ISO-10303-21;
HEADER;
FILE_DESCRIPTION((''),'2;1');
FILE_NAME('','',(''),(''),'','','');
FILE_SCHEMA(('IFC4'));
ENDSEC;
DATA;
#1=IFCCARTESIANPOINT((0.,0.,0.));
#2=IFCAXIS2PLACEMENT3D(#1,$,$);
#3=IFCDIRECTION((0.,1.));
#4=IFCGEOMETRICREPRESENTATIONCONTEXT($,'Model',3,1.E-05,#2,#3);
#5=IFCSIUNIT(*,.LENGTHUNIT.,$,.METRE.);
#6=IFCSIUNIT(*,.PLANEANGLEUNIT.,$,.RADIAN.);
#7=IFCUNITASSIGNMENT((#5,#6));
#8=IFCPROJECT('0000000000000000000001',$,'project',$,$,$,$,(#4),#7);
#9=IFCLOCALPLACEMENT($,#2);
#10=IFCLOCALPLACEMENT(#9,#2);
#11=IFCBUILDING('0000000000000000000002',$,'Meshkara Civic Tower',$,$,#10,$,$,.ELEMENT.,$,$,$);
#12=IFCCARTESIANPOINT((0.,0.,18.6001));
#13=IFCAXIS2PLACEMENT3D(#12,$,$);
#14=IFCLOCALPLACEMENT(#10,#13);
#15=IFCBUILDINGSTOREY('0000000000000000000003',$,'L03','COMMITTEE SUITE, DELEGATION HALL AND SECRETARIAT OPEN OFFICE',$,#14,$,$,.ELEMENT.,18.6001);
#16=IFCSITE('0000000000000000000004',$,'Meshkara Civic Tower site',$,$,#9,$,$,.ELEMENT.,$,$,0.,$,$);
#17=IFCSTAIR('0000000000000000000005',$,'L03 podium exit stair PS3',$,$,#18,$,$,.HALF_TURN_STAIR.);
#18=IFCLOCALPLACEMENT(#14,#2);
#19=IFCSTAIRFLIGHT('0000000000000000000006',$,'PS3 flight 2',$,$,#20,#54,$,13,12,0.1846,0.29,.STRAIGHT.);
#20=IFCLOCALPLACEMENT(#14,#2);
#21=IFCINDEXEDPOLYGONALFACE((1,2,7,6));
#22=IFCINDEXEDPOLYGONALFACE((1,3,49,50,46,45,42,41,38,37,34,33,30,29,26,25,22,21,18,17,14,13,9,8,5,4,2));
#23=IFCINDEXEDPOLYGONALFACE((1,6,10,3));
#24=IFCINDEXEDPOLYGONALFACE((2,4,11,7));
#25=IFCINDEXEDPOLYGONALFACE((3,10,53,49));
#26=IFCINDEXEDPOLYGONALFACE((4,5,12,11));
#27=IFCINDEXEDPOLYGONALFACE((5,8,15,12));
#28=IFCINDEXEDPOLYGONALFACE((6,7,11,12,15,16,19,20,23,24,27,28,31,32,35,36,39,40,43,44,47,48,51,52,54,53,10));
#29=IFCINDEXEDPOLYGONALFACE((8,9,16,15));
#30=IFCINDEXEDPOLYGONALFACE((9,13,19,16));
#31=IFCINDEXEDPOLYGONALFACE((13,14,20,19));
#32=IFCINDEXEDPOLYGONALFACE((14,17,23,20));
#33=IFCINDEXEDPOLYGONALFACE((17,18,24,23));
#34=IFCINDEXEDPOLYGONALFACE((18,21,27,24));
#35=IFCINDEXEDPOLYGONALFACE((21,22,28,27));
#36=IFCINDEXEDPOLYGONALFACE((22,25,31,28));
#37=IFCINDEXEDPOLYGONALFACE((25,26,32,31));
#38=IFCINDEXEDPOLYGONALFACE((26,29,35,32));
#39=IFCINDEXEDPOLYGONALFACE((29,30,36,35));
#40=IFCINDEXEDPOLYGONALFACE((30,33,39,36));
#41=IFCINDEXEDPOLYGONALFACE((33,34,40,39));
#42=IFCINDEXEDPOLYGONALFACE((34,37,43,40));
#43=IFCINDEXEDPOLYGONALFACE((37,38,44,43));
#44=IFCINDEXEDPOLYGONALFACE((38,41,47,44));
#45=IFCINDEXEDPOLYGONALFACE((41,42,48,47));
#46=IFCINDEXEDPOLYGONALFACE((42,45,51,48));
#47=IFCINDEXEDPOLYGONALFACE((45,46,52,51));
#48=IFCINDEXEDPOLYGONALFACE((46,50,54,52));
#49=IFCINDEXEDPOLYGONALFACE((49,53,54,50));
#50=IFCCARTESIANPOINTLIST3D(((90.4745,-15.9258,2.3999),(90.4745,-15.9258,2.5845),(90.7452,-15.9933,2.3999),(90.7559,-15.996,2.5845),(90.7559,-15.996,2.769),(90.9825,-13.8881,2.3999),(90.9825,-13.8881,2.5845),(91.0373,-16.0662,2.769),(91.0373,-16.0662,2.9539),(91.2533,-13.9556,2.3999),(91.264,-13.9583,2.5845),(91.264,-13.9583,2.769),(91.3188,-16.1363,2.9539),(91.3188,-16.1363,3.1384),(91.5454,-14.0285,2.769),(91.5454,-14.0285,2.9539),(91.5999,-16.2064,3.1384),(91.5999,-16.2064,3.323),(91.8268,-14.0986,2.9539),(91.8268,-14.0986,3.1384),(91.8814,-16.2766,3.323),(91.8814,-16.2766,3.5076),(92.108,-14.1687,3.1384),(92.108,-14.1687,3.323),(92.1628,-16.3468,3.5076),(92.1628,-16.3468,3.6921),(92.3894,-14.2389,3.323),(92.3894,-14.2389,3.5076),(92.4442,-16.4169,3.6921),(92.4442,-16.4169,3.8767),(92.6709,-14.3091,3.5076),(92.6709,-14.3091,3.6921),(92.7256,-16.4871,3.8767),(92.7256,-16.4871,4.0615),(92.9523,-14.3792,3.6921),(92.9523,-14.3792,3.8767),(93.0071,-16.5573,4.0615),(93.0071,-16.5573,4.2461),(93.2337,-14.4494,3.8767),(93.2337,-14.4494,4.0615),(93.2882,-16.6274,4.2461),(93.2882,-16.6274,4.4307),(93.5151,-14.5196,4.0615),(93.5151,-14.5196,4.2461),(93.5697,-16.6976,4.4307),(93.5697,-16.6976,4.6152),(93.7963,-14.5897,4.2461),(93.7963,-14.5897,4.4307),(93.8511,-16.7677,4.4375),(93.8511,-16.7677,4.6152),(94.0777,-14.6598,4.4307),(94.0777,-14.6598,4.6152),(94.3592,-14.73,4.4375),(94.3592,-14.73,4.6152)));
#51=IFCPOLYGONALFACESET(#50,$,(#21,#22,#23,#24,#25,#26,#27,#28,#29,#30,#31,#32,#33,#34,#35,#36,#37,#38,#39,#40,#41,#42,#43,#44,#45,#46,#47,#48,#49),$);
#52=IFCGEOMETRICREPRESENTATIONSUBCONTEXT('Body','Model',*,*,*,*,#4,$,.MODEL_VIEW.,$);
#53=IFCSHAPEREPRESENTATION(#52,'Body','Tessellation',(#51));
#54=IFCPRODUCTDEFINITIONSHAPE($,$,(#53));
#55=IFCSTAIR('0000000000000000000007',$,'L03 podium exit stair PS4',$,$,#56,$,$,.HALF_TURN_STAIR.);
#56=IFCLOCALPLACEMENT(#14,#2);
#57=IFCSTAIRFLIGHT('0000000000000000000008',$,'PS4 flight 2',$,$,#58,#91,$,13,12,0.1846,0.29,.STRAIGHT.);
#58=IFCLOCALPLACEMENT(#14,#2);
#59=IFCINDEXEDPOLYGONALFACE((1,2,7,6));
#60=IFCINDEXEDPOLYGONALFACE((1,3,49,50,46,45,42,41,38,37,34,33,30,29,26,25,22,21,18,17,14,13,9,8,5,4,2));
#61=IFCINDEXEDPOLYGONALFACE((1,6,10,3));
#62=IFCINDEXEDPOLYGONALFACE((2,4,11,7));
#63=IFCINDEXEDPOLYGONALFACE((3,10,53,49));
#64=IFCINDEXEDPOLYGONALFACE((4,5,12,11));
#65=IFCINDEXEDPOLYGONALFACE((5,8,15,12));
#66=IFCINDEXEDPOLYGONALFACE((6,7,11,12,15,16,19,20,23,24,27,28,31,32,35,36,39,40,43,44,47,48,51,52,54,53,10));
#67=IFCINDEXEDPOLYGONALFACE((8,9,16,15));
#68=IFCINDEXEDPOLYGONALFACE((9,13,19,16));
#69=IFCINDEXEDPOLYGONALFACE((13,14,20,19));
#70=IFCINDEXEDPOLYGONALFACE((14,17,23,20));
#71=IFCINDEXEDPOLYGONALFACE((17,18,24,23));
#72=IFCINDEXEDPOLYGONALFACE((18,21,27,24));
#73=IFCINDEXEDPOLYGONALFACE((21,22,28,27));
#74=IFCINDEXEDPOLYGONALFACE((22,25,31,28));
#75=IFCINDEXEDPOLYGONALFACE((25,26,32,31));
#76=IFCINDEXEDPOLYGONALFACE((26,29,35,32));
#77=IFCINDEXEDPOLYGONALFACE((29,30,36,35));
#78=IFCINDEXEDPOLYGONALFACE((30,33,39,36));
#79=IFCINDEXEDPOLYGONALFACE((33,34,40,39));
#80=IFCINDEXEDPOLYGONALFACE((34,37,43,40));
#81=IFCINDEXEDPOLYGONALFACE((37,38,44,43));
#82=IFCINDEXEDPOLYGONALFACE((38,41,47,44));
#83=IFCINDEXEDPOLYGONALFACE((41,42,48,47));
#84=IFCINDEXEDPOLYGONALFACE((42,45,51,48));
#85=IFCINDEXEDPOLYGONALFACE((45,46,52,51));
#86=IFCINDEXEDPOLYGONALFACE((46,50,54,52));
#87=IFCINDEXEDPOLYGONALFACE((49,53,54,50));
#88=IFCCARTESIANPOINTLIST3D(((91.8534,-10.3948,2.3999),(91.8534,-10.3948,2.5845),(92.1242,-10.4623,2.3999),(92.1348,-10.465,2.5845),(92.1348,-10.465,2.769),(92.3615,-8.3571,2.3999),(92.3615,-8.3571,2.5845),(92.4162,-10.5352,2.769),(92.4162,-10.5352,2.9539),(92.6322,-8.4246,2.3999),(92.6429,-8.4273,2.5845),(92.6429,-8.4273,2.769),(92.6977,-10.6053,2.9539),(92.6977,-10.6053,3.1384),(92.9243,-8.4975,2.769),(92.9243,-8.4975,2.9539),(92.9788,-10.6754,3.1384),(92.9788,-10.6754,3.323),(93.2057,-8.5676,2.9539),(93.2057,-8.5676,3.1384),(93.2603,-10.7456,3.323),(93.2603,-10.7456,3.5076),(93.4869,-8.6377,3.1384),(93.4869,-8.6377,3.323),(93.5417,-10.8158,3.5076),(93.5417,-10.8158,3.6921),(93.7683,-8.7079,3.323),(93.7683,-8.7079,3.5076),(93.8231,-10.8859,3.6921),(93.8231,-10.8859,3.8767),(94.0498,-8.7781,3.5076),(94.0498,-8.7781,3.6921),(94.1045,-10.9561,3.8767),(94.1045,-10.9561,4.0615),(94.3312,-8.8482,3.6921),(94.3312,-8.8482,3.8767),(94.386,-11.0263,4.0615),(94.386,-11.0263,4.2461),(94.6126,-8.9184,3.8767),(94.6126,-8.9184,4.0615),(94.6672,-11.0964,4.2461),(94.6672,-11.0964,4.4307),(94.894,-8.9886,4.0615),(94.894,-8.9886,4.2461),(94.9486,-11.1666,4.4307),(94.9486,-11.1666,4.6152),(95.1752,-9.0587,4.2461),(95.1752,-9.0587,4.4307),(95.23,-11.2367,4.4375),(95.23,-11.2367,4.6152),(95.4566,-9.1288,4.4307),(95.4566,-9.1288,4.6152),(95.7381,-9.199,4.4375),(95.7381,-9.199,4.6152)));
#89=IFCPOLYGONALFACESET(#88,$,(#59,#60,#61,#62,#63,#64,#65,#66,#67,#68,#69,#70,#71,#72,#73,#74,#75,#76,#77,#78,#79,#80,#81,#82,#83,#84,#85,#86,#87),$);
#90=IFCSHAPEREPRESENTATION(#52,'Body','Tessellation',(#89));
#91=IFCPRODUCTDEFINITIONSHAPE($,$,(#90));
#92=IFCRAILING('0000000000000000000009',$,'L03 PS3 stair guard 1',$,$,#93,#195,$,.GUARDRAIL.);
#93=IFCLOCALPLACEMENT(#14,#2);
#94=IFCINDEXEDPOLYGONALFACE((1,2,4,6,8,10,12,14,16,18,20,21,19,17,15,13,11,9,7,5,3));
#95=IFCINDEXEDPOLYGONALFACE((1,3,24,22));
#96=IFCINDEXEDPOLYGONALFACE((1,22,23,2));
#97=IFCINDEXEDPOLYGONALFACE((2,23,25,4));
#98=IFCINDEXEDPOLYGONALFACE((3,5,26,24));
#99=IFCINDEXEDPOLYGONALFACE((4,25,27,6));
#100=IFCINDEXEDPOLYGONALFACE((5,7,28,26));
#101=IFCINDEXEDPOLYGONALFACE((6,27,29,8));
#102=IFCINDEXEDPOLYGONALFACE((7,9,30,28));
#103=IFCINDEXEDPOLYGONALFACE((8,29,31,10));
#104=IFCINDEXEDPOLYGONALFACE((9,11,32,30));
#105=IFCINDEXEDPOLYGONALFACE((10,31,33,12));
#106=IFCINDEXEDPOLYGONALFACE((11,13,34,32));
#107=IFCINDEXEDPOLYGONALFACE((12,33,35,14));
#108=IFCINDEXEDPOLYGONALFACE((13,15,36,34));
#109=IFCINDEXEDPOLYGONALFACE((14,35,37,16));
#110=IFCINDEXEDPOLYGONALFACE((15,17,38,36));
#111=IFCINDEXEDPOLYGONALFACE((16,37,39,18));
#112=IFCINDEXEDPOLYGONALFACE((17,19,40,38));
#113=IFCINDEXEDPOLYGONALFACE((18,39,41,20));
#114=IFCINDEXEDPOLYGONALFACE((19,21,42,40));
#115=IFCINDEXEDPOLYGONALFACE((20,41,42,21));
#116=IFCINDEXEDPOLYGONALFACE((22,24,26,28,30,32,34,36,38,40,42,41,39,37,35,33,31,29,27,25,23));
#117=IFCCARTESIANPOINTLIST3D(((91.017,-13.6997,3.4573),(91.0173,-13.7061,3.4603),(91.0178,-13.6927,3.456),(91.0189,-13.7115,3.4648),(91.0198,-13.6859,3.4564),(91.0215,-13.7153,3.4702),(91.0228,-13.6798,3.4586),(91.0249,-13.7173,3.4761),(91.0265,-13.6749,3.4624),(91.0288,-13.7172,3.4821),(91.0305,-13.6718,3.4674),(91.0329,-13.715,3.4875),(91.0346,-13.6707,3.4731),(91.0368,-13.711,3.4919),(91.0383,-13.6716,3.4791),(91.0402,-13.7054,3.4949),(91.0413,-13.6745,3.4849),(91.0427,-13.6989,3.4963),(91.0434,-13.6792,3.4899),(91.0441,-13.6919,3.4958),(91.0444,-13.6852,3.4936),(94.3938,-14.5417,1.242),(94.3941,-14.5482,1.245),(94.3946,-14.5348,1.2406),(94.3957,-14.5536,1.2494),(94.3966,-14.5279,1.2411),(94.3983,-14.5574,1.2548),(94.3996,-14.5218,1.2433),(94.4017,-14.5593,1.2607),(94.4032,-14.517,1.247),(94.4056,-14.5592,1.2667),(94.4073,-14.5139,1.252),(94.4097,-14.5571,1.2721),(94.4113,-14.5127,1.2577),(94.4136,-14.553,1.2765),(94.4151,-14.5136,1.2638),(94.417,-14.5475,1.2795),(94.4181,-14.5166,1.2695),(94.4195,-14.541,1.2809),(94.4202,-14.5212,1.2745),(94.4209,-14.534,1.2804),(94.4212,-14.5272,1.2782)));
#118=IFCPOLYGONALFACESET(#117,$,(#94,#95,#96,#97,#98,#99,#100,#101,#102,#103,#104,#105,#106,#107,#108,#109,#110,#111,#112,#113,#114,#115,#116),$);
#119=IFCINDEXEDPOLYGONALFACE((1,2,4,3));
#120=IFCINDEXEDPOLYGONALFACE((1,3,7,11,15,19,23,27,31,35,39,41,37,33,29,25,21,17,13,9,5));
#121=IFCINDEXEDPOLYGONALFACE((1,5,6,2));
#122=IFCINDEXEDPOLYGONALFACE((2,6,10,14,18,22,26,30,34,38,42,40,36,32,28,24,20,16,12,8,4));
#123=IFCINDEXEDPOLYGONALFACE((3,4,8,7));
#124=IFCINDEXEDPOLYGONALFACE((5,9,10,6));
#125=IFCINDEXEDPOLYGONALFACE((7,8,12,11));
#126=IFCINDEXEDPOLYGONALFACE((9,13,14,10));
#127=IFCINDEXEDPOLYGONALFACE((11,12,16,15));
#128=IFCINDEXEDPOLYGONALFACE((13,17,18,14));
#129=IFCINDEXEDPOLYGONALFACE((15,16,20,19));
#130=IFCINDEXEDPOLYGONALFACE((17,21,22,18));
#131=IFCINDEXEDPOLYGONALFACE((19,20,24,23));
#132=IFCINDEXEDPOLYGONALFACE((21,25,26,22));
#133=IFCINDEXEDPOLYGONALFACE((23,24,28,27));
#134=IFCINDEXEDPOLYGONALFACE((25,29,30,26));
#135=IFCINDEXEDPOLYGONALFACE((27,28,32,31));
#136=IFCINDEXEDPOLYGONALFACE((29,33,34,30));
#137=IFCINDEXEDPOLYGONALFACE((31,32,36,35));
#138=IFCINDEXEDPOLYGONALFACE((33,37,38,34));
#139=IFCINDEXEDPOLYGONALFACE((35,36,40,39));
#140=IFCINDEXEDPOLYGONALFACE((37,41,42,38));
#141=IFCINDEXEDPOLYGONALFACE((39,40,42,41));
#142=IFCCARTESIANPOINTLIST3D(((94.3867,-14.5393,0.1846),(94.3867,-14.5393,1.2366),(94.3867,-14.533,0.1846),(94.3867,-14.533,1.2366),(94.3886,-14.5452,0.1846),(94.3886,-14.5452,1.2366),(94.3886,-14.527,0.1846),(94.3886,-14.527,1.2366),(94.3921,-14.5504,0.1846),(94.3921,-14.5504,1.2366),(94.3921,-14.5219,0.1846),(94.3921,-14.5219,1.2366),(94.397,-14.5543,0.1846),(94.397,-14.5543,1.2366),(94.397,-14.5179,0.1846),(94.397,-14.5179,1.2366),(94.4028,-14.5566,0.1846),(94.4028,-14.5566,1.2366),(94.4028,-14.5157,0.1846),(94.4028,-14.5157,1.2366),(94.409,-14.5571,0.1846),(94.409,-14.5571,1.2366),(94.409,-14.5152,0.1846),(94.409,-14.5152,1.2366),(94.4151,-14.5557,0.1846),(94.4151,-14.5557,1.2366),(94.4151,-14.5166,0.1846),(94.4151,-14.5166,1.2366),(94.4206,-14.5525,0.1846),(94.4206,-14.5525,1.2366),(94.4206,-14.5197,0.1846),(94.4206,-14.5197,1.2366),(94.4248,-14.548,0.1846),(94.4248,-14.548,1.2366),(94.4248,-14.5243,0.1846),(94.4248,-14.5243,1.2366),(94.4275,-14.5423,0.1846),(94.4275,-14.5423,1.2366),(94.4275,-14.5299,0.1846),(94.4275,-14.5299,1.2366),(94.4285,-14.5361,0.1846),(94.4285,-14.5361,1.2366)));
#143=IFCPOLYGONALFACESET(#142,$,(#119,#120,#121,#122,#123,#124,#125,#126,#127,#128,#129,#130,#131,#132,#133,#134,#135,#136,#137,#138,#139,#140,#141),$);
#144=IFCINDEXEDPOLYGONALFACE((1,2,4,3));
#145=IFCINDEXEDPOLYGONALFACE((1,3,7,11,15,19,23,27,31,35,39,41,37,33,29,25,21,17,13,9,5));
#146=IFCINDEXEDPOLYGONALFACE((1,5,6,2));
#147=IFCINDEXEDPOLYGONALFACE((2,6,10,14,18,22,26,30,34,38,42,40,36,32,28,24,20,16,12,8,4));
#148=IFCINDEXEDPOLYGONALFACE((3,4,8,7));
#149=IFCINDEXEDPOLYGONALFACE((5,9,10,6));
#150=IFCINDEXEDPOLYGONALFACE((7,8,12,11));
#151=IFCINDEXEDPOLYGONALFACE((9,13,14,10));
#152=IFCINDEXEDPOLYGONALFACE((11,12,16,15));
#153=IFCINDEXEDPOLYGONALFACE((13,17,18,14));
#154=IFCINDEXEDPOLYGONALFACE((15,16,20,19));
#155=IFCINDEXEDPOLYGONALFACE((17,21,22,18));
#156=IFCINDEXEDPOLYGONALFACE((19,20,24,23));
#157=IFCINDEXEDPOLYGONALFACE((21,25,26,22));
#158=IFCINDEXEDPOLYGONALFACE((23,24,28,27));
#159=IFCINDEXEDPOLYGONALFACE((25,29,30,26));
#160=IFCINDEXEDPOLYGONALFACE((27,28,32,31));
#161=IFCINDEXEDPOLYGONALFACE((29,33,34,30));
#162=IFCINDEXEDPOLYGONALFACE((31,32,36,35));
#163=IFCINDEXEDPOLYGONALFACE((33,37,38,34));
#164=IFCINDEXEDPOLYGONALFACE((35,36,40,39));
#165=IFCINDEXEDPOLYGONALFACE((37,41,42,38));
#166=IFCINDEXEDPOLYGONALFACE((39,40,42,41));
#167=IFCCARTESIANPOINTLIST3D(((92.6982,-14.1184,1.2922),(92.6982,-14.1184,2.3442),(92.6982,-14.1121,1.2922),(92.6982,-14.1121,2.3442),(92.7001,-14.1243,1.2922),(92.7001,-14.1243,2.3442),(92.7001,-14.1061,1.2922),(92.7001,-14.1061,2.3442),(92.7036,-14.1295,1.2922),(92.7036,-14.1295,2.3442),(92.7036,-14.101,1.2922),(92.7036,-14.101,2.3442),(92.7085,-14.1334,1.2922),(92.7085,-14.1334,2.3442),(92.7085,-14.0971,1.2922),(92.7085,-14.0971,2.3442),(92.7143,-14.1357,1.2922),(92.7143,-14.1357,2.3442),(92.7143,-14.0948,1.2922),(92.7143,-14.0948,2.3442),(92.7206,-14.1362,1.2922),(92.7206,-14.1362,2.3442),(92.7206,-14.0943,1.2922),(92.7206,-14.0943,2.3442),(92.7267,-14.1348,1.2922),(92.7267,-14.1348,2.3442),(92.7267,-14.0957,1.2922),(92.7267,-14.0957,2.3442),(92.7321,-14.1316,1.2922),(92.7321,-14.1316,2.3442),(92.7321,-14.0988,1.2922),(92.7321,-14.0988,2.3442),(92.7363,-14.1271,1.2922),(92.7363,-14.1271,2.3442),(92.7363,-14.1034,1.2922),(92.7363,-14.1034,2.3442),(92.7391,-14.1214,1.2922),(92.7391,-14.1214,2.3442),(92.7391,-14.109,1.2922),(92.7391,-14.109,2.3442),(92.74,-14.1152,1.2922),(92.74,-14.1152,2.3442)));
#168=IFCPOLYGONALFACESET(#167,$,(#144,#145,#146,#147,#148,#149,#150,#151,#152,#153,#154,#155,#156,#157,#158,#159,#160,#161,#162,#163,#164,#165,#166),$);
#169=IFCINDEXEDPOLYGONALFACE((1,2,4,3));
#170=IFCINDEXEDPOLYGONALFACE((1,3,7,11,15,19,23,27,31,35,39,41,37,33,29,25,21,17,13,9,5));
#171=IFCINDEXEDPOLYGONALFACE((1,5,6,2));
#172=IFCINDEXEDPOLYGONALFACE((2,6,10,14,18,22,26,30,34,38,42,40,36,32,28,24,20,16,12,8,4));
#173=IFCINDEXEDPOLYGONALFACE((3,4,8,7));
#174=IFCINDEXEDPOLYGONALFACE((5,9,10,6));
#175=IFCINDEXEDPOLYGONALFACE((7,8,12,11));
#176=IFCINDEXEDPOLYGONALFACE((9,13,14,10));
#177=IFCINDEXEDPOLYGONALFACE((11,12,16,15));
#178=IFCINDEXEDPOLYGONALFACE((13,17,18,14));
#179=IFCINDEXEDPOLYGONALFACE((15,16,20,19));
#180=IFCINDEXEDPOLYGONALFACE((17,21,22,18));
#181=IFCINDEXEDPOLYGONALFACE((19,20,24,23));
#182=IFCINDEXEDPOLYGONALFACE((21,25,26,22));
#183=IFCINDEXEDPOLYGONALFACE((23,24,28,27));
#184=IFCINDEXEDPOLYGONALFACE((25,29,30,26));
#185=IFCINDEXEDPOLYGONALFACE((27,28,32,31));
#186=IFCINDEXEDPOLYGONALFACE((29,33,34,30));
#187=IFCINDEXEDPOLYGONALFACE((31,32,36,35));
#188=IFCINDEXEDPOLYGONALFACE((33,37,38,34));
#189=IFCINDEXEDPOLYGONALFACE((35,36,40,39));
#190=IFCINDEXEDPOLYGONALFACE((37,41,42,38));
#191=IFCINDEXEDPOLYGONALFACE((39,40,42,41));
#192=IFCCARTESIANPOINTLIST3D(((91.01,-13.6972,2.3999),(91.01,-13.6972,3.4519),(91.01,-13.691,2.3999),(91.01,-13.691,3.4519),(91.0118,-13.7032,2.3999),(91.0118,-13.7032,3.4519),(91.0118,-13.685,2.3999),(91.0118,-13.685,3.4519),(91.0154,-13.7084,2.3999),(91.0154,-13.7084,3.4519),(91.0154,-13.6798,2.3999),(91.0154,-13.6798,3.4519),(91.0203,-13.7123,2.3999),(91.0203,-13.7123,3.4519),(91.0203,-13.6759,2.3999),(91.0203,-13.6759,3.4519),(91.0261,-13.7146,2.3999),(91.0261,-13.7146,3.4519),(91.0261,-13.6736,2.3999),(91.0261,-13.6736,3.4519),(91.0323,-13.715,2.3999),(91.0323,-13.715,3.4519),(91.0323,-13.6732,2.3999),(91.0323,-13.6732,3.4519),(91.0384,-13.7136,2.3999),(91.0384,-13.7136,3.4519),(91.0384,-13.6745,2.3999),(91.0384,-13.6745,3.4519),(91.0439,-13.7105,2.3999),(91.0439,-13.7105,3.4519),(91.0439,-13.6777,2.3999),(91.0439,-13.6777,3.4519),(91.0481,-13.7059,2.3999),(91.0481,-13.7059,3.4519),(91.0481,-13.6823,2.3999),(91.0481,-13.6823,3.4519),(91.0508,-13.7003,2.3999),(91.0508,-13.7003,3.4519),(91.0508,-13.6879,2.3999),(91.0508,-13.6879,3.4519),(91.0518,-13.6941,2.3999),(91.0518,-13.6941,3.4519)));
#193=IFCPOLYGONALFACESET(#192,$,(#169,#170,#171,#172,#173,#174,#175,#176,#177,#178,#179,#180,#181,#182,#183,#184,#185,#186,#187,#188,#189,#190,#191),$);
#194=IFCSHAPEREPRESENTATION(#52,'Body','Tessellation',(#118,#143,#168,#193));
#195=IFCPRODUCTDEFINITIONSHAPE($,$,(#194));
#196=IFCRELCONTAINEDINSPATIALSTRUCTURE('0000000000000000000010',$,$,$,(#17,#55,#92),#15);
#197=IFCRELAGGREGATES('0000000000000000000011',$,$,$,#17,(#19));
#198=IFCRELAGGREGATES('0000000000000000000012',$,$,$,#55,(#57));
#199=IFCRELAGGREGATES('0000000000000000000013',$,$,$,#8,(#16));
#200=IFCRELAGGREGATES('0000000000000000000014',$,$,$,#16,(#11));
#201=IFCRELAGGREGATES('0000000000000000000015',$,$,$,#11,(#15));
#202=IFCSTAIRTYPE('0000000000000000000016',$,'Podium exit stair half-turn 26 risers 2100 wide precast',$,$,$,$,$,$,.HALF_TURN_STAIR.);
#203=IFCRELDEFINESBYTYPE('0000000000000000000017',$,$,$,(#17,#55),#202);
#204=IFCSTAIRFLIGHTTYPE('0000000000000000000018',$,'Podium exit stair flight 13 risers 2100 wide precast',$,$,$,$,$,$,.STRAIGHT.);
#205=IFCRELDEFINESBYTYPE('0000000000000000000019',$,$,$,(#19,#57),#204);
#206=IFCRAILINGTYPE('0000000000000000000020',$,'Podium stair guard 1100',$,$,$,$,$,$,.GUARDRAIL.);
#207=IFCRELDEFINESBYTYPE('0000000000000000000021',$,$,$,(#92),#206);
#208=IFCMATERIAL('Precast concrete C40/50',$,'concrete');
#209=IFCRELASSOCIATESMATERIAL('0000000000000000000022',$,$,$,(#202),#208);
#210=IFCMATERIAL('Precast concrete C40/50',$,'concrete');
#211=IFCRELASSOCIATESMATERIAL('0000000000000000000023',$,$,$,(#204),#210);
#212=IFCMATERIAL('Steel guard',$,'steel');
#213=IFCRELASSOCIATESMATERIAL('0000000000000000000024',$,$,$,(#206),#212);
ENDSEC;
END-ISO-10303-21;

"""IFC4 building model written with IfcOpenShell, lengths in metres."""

from ifc_helpers import new_model, si_unit, direction, frame, origin, origin_2d, place, context, subcontext, project, spatial, polyline, circle, outline, extrude, material, type_object, element, aggregate, save


model = new_model("IFC4")

# Units and contexts
model_context = context("Model", 3, precision=1e-05, world=origin(), true_north=direction((0.0, 1.0)))
body_context = subcontext(model_context, "Body", "Model", "MODEL_VIEW")
ifc_project = project(units=[si_unit("LENGTHUNIT", "METRE"), si_unit("PLANEANGLEUNIT", "RADIAN")], contexts=[model_context])

# Site, building, storey
site_placement = place(None, origin())
site = spatial("IfcSite", under=ifc_project, at=site_placement, Name="Meshkara Civic Tower site", CompositionType="ELEMENT", RefElevation=0.0)
building_placement = place(site_placement, origin())
building = spatial("IfcBuilding", under=site, at=building_placement, Name="Meshkara Civic Tower", CompositionType="ELEMENT")
storey_placement = place(building_placement, frame((0.0, 0.0, 18.6001)))
storey = spatial("IfcBuildingStorey", under=building, at=storey_placement, Name="L03", Description="COMMITTEE SUITE, DELEGATION HALL AND SECRETARIAT OPEN OFFICE", CompositionType="ELEMENT", Elevation=18.6001)

# Stair, stair flight
ifc_material_1 = material(Name="Precast concrete C40/50", Category="concrete")
stair_type = type_object("IfcStairType", Name="Podium exit stair half-turn 26 risers 2100 wide precast", PredefinedType="HALF_TURN_STAIR", material=ifc_material_1)
stair_1_placement = place(storey_placement, origin())
stair_1 = element("IfcStair", 1, at=stair_1_placement, inside=storey, type_object=stair_type, Name="L03 podium exit stair PS3", PredefinedType="HALF_TURN_STAIR")
ifc_material_2 = material(Name="Precast concrete C40/50", Category="concrete")
stair_flight_type = type_object("IfcStairFlightType", Name="Podium exit stair flight 13 risers 2100 wide precast", PredefinedType="STRAIGHT", material=ifc_material_2)
stair_flight_1_placement = place(storey_placement, frame((90.7285, -14.907, 2.3999), z_axis=(0.0, 0.0, 1.0), x_axis=(0.970296, -0.241922, 0.0)))
stair_flight_1 = element("IfcStairFlight", 2, at=stair_flight_1_placement, type_object=stair_flight_type, Name="PS3 flight 2", NumberOfRisers=13, NumberOfTreads=12, PredefinedType="STRAIGHT", RiserHeight=0.1846, TreadLength=0.29, context=body_context, shape_type="SweptSolid", body=[
    extrude(outline(polyline([(0.0, 0.0), (0.0, 0.1846), (0.29, 0.1846), (0.29, 0.3691), (0.5801, 0.3691), (0.5801, 0.554), (0.8701, 0.554), (0.8701, 0.7385), (1.1599, 0.7385), (1.1599, 0.9231), (1.45, 0.9231), (1.45, 1.1077), (1.74, 1.1077), (1.74, 1.2922), (2.03, 1.2922), (2.03, 1.4768), (2.3201, 1.4768), (2.3201, 1.6616), (2.6101, 1.6616), (2.6101, 1.8462), (2.8999, 1.8462), (2.8999, 2.0308), (3.1899, 2.0308), (3.1899, 2.2153), (3.48, 2.2153), (3.48, 2.3999), (3.48, 2.0376), (0.2791, 0.0), (0.0, 0.0)])), frame((0.0, 1.05, 0.0), z_axis=(0.0, -1.0, 0.0), x_axis=(1.0, 0.0, 0.0)), (0.0, 0.0, 1.0), 2.1001),
])
aggregate(stair_1, [stair_flight_1])

# Stair, stair flight
stair_2_placement = place(storey_placement, origin())
stair_2 = element("IfcStair", 3, at=stair_2_placement, inside=storey, type_object=stair_type, Name="L03 podium exit stair PS4", PredefinedType="HALF_TURN_STAIR")
stair_flight_2_placement = place(storey_placement, frame((92.1074, -9.376, 2.3999), z_axis=(0.0, 0.0, 1.0), x_axis=(0.970296, -0.241922, 0.0)))
stair_flight_2 = element("IfcStairFlight", 4, at=stair_flight_2_placement, type_object=stair_flight_type, Name="PS4 flight 2", NumberOfRisers=13, NumberOfTreads=12, PredefinedType="STRAIGHT", RiserHeight=0.1846, TreadLength=0.29, context=body_context, shape_type="SweptSolid", body=[
    extrude(outline(polyline([(0.0, 0.0), (0.0, 0.1846), (0.29, 0.1846), (0.29, 0.3691), (0.5801, 0.3691), (0.5801, 0.554), (0.8701, 0.554), (0.8701, 0.7385), (1.1599, 0.7385), (1.1599, 0.9231), (1.45, 0.9231), (1.45, 1.1077), (1.74, 1.1077), (1.74, 1.2922), (2.03, 1.2922), (2.03, 1.4768), (2.3201, 1.4768), (2.3201, 1.6616), (2.6101, 1.6616), (2.6101, 1.8462), (2.8999, 1.8462), (2.8999, 2.0308), (3.1899, 2.0308), (3.1899, 2.2153), (3.48, 2.2153), (3.48, 2.3999), (3.48, 2.0376), (0.2791, 0.0), (0.0, 0.0)])), frame((0.0, 1.05, 0.0), z_axis=(0.0, -1.0, 0.0), x_axis=(1.0, 0.0, 0.0)), (0.0, 0.0, 1.0), 2.1001),
])
aggregate(stair_2, [stair_flight_2])

# Railing
ifc_material_3 = material(Name="Steel guard", Category="steel")
railing_type_1 = type_object("IfcRailingType", Name="Podium stair guard 1100", PredefinedType="GUARDRAIL", material=ifc_material_3)
railing_1_placement = place(storey_placement, frame((94.4075, -14.5361, 0.1846)))
element("IfcRailing", 5, at=railing_1_placement, inside=storey, type_object=railing_type_1, Name="L03 PS3 stair guard 1", PredefinedType="GUARDRAIL", context=body_context, shape_type="SweptSolid", body=[
    extrude(circle(Radius=0.0239, at=origin_2d()), frame((0.0, 0.0, 1.0762), z_axis=(-0.818518, 0.204112, 0.536999), x_axis=(-0.241958, -0.970287, 0.0)), (0.0, 0.0, 1.0), 4.1255),
    extrude(circle(Radius=0.021, at=origin_2d()), origin(), (0.0, 0.0, 1.0), 1.052),
    extrude(circle(Radius=0.021, at=origin_2d()), frame((-1.6885, 0.4209, 1.1077)), (0.0, 0.0, 1.0), 1.052),
    extrude(circle(Radius=0.021, at=origin_2d()), frame((-3.3767, 0.842, 2.2153)), (0.0, 0.0, 1.0), 1.052),
])

save(model, "model.ifc")
